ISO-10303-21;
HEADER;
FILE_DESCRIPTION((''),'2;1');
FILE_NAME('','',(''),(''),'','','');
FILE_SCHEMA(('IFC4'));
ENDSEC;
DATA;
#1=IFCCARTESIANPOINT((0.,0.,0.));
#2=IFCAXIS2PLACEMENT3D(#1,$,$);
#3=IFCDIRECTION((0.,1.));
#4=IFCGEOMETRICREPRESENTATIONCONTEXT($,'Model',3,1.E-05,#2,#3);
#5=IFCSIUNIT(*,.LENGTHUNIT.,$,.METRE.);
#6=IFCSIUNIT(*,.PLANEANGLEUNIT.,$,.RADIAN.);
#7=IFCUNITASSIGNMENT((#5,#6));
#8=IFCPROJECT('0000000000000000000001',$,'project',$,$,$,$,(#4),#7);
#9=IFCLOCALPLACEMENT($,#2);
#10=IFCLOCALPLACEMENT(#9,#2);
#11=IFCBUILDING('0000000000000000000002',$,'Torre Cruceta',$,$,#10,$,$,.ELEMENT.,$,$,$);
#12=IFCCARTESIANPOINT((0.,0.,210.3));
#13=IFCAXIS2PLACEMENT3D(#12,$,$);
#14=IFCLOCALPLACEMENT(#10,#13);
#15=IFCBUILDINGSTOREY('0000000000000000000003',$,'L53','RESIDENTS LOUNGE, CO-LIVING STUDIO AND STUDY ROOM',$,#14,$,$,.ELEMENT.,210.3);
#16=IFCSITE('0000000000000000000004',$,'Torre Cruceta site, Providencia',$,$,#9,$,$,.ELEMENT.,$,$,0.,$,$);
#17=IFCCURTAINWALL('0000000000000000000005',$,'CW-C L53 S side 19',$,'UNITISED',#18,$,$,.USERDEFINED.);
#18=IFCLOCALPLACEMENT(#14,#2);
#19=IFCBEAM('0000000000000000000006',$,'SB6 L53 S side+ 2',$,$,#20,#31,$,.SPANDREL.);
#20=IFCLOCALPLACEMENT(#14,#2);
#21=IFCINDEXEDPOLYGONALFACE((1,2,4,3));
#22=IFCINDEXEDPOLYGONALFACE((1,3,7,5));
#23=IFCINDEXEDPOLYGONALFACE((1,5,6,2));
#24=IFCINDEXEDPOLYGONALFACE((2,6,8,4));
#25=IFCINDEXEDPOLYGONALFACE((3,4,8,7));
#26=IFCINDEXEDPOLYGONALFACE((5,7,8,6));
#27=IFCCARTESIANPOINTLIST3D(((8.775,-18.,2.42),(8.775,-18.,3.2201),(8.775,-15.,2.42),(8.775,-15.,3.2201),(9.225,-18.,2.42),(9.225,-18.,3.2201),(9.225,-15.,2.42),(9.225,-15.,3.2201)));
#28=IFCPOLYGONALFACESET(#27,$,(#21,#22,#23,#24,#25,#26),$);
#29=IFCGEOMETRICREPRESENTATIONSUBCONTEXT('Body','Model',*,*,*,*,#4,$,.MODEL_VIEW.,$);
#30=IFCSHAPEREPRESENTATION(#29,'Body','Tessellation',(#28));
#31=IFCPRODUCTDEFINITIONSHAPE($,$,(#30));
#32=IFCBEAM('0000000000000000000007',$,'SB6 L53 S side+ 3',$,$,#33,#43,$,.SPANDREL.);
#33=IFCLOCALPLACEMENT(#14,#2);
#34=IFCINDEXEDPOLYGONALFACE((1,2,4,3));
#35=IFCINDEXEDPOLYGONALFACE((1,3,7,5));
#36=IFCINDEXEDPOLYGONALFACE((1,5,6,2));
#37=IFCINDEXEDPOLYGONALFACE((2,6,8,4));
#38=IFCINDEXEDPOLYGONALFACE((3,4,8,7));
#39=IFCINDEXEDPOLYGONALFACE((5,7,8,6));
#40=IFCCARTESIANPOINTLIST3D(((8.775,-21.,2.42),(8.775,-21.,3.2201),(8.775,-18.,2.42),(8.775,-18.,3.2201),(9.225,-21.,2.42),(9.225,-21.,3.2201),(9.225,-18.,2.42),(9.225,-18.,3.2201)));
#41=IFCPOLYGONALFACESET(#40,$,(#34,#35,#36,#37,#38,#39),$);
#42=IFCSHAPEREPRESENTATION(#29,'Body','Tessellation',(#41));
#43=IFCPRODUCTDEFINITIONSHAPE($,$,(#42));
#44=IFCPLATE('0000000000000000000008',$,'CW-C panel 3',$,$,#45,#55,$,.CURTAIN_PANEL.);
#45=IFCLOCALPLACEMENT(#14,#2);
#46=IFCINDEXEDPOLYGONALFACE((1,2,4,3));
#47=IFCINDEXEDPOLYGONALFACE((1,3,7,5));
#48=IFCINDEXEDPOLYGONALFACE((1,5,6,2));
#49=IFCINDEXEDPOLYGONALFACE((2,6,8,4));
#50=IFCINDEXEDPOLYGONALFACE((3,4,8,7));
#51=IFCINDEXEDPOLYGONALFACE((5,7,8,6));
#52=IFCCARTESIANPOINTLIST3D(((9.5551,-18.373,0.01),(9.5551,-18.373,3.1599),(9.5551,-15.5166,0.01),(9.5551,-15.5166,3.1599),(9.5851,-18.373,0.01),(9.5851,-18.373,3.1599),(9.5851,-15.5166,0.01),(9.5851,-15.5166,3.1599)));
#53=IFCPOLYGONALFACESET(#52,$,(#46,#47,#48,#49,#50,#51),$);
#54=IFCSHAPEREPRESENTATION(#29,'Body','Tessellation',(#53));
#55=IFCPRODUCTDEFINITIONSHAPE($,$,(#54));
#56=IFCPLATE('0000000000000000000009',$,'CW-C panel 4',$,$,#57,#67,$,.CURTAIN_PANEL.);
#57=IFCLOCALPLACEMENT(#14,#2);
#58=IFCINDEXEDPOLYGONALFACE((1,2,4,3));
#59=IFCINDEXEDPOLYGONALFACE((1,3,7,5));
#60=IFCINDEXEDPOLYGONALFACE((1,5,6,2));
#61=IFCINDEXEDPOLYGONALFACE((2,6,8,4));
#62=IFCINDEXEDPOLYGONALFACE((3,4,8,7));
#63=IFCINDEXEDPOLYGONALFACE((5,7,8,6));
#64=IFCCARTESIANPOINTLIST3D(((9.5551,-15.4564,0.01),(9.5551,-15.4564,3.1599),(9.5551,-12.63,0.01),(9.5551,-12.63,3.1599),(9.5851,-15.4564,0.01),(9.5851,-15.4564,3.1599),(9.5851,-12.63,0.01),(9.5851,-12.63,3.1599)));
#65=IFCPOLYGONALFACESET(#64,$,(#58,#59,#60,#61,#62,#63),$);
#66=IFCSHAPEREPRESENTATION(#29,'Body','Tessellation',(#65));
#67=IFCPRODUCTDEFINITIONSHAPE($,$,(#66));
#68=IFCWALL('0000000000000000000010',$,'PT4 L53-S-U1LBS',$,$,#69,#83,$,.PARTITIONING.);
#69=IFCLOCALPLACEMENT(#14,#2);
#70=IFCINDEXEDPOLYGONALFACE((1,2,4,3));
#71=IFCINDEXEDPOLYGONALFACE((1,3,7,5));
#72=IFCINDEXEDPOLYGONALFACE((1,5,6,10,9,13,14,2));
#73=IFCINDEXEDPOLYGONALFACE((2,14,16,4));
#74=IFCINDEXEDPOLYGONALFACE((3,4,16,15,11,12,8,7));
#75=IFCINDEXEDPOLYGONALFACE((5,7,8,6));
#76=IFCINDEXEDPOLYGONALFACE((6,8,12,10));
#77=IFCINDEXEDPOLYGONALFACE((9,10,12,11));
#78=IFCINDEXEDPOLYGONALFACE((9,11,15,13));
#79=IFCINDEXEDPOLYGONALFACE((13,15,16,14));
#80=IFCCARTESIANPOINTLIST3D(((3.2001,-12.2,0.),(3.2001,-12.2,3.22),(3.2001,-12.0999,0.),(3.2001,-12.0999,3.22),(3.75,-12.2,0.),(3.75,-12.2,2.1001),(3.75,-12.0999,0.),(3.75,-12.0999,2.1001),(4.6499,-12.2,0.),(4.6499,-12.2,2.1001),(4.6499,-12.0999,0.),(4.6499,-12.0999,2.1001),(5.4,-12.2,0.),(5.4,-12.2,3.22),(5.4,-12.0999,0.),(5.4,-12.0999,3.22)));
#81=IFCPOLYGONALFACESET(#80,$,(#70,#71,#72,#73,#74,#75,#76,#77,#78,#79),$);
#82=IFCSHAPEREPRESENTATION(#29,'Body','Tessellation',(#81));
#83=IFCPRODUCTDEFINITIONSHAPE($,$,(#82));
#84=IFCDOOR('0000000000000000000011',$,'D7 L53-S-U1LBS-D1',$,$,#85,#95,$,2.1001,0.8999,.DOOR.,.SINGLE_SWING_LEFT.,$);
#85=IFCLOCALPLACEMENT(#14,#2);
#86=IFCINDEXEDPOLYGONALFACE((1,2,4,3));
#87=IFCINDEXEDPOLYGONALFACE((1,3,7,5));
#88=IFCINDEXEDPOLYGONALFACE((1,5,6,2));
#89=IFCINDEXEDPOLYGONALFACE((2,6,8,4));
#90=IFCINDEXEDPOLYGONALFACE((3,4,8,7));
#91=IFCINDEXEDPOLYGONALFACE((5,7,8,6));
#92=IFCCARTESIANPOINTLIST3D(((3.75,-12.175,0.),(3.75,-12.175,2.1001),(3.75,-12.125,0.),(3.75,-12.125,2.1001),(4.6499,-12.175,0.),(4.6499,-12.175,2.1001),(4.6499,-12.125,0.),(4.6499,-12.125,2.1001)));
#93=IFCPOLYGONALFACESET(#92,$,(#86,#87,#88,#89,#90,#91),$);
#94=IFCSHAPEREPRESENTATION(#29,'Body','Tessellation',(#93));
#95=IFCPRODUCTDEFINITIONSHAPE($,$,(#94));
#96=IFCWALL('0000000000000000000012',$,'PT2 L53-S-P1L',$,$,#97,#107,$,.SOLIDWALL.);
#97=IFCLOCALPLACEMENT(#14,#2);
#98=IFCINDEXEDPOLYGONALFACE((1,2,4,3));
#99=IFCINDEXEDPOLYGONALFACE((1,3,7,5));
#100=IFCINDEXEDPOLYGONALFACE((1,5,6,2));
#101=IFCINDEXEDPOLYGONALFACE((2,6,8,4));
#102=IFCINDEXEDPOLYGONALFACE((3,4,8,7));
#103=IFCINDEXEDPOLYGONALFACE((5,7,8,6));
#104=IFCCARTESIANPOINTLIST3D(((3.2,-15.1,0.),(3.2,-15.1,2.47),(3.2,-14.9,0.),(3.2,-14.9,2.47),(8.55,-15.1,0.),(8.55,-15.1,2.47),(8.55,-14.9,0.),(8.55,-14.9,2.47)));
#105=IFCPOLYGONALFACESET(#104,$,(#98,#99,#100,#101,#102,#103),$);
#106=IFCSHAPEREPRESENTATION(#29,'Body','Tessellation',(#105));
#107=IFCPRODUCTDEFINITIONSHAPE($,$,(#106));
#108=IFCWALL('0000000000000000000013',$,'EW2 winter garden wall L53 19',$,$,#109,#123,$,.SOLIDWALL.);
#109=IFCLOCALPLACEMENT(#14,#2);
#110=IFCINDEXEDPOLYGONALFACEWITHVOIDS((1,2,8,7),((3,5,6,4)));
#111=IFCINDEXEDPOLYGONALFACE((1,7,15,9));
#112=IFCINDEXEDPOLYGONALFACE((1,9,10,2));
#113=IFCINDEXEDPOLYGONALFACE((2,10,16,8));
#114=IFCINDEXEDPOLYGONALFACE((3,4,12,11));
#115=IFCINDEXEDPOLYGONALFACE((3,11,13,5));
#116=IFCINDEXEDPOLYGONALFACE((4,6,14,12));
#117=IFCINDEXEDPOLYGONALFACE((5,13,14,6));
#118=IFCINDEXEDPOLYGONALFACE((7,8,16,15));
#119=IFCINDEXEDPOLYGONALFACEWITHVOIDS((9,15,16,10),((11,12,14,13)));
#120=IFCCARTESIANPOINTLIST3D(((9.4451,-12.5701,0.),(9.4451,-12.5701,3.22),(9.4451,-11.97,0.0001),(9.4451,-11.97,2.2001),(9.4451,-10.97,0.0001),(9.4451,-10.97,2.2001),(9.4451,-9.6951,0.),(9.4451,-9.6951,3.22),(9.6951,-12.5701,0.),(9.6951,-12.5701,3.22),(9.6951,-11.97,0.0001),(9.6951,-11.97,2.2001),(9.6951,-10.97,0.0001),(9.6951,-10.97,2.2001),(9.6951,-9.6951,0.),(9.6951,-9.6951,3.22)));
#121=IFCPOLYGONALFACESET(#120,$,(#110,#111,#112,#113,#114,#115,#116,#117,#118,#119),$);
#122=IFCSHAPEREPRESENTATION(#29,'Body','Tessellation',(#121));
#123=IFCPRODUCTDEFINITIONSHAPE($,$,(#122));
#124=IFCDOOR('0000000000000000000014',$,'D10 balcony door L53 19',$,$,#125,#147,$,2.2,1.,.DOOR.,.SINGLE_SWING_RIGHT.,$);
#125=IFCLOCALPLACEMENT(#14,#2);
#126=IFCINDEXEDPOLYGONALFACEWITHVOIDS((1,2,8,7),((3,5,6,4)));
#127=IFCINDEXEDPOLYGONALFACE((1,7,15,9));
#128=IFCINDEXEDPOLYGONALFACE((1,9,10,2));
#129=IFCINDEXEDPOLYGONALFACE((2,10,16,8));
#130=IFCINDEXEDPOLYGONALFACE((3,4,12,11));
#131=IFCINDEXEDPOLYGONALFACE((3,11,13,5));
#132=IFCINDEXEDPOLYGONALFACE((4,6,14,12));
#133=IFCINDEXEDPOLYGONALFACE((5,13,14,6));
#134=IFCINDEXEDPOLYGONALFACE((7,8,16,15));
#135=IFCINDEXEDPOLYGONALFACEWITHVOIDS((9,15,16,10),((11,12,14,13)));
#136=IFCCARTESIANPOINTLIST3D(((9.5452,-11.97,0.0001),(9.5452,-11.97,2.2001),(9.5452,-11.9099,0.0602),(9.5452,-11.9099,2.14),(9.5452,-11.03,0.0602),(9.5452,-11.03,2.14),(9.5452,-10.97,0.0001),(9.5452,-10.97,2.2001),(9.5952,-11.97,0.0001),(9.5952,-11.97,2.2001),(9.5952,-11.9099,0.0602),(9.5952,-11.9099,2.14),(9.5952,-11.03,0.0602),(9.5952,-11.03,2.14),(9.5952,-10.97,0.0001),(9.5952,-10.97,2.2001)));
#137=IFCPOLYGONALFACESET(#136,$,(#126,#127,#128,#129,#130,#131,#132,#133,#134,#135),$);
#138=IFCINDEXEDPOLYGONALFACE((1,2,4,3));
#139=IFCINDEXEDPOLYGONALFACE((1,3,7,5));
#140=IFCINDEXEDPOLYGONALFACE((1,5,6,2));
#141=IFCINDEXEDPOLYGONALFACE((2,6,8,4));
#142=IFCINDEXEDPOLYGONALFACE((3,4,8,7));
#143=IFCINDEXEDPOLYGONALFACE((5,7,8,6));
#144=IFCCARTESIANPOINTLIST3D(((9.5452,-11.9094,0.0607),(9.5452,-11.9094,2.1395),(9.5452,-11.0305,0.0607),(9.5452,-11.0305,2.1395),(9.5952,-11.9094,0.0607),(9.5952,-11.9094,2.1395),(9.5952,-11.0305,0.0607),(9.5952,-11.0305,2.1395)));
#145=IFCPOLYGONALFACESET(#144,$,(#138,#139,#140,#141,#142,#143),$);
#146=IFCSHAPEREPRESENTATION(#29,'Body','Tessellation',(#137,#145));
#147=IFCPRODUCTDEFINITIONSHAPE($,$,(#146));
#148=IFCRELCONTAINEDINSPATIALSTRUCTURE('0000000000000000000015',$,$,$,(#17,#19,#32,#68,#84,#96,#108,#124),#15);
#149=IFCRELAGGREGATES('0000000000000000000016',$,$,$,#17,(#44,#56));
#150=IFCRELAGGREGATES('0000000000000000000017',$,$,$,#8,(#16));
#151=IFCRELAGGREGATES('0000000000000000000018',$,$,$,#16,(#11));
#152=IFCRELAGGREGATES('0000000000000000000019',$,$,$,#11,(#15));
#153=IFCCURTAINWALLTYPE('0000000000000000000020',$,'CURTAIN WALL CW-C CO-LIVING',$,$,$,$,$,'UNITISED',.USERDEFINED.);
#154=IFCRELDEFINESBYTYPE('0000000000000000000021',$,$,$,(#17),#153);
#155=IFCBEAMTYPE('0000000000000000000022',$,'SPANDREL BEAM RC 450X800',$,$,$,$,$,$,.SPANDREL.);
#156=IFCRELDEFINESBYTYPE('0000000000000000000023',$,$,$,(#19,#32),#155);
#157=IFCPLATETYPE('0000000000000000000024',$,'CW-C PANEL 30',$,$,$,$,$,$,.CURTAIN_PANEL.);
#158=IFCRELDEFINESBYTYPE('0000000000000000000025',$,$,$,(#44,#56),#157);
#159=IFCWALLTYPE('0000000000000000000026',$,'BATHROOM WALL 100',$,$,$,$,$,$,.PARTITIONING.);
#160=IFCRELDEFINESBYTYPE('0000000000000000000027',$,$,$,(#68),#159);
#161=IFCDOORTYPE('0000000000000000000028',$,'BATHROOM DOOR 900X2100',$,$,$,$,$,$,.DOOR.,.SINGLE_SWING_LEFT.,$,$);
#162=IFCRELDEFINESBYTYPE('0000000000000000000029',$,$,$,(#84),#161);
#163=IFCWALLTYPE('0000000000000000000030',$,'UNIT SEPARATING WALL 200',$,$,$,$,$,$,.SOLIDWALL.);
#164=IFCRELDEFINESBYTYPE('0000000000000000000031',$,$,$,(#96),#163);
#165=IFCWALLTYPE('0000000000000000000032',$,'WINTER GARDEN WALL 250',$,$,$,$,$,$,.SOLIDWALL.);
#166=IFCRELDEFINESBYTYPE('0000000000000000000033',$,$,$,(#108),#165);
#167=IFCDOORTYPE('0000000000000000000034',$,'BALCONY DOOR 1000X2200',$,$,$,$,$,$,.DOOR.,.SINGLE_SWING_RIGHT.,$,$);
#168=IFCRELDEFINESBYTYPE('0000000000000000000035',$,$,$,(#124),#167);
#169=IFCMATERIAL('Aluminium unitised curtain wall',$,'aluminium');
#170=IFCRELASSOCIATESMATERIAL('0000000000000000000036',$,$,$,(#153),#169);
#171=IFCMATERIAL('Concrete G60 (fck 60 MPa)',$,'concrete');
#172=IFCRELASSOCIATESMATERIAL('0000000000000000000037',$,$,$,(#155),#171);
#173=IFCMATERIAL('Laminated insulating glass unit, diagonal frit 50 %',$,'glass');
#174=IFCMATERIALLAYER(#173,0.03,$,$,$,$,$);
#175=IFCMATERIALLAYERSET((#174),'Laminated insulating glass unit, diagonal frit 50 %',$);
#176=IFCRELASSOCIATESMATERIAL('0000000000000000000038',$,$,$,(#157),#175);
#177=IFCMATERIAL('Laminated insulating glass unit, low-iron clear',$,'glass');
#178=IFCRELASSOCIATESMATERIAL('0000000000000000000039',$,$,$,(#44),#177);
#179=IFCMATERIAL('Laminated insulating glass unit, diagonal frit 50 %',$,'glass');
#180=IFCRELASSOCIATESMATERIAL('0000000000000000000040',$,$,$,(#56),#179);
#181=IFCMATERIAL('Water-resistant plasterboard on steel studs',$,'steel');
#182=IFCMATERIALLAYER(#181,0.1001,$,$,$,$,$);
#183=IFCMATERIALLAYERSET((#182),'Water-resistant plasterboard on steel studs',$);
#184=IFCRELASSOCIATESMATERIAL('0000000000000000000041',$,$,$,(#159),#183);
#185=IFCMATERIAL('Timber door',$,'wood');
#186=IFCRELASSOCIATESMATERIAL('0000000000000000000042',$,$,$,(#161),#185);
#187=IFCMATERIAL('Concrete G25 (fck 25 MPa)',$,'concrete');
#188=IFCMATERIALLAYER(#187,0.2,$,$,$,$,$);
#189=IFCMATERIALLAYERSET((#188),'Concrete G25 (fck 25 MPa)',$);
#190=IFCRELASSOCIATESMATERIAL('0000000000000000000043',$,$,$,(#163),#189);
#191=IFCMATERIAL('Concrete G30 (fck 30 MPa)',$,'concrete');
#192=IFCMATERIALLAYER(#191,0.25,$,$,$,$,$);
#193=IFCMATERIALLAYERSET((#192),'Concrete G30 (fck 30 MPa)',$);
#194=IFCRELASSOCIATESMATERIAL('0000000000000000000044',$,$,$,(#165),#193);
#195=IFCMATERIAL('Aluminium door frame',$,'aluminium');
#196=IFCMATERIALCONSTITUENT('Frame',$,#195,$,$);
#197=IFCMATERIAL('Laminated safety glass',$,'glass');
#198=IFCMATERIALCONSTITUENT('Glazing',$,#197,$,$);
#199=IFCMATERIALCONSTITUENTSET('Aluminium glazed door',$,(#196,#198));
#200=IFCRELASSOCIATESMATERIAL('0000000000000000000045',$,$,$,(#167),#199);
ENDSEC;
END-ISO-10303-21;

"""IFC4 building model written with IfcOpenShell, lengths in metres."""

from ifc_helpers import new_model, si_unit, direction, frame, frame_2d, origin, origin_2d, place, context, subcontext, project, spatial, rectangle, hollow_rectangle, extrude, material, layer, layer_set, constituent, constituent_set, material_profile, profile_set, type_object, element, fill, aggregate, save


model = new_model("IFC4")

# Units and contexts
model_context = context("Model", 3, precision=1e-05, world=origin(), true_north=direction((0.0, 1.0)))
body_context = subcontext(model_context, "Body", "Model", "MODEL_VIEW")
ifc_project = project(units=[si_unit("LENGTHUNIT", "METRE"), si_unit("PLANEANGLEUNIT", "RADIAN")], contexts=[model_context])

# Site, building, storey
site_placement = place(None, origin())
site = spatial("IfcSite", under=ifc_project, at=site_placement, Name="Torre Cruceta site, Providencia", CompositionType="ELEMENT", RefElevation=0.0)
building_placement = place(site_placement, origin())
building = spatial("IfcBuilding", under=site, at=building_placement, Name="Torre Cruceta", CompositionType="ELEMENT")
storey_placement = place(building_placement, frame((0.0, 0.0, 210.3)))
storey = spatial("IfcBuildingStorey", under=building, at=storey_placement, Name="L53", Description="RESIDENTS LOUNGE, CO-LIVING STUDIO AND STUDY ROOM", CompositionType="ELEMENT", Elevation=210.3)

# Curtain wall
ifc_material_1 = material(Name="Aluminium unitised curtain wall", Category="aluminium")
curtain_wall_type = type_object("IfcCurtainWallType", Name="CURTAIN WALL CW-C CO-LIVING", ElementType="UNITISED", PredefinedType="USERDEFINED", material=ifc_material_1)
curtain_wall_placement = place(storey_placement, origin())
curtain_wall = element("IfcCurtainWall", 1, at=curtain_wall_placement, inside=storey, type_object=curtain_wall_type, Name="CW-C L53 S side 19", ObjectType="UNITISED", PredefinedType="USERDEFINED")

# Beams
ifc_material_2 = material(Name="Concrete G60 (fck 60 MPa)", Category="concrete")
ifc_material_profile_1 = material_profile(ifc_material_2, rectangle(XDim=0.45, YDim=0.8, at=origin_2d()), Name="RC 450X800")
ifc_profile_set_1 = profile_set([ifc_material_profile_1], Name="Concrete G60 (fck 60 MPa)")
beam_type_1 = type_object("IfcBeamType", Name="SPANDREL BEAM RC 450X800", PredefinedType="SPANDREL", material=ifc_profile_set_1)
for number, where, z_axis, x_axis, name in (
    (2, (9.0, -15.0, 2.8201), (0.0, -1.0, 0.0), (1.0, 0.0, 0.0), "SB6 L53 S side+ 2"),
    (3, (9.0, -18.0, 2.8201), (0.0, -1.0, 0.0), (1.0, 0.0, 0.0), "SB6 L53 S side+ 3"),
):
    element("IfcBeam", number, at=place(storey_placement, frame(where, z_axis=z_axis, x_axis=x_axis)), inside=storey, type_object=beam_type_1, Name=name, PredefinedType="SPANDREL", context=body_context, shape_type="SweptSolid", body=[
        extrude(rectangle(XDim=0.45, YDim=0.8, at=origin_2d()), origin(), (0.0, 0.0, 1.0), 3.0),
    ])

# Plates
ifc_material_3 = material(Name="Laminated insulating glass unit, low-iron clear", Category="glass")
ifc_material_4 = material(Name="Laminated insulating glass unit, diagonal frit 50 %", Category="glass")
ifc_layer_1 = layer(ifc_material_4, 0.03)
ifc_layer_set_1 = layer_set([ifc_layer_1], Name="Laminated insulating glass unit, diagonal frit 50 %")
plate_type = type_object("IfcPlateType", Name="CW-C PANEL 30", PredefinedType="CURTAIN_PANEL", material=ifc_layer_set_1)
plate_1_placement = place(storey_placement, frame((9.5701, -16.9448, 0.01), z_axis=(0.0, 0.0, 1.0), x_axis=(0.0, 1.0, 0.0)))
plate_1 = element("IfcPlate", 4, at=plate_1_placement, type_object=plate_type, material=ifc_material_3, Name="CW-C panel 3", PredefinedType="CURTAIN_PANEL", context=body_context, shape_type="SweptSolid", body=[
    extrude(rectangle(XDim=2.8564, YDim=0.03, at=origin_2d()), origin(), (0.0, 0.0, 1.0), 3.1499),
])
ifc_material_5 = material(Name="Laminated insulating glass unit, diagonal frit 50 %", Category="glass")
plate_2_placement = place(storey_placement, frame((9.5701, -14.0432, 0.01), z_axis=(0.0, 0.0, 1.0), x_axis=(0.0, 1.0, 0.0)))
plate_2 = element("IfcPlate", 5, at=plate_2_placement, type_object=plate_type, material=ifc_material_5, Name="CW-C panel 4", PredefinedType="CURTAIN_PANEL", context=body_context, shape_type="SweptSolid", body=[
    extrude(rectangle(XDim=2.8264, YDim=0.03, at=origin_2d()), origin(), (0.0, 0.0, 1.0), 3.1499),
])
aggregate(curtain_wall, [plate_1, plate_2])

# Wall, opening, door
ifc_material_6 = material(Name="Water-resistant plasterboard on steel studs", Category="steel")
ifc_layer_2 = layer(ifc_material_6, 0.1001)
ifc_layer_set_2 = layer_set([ifc_layer_2], Name="Water-resistant plasterboard on steel studs")
wall_type_1 = type_object("IfcWallType", Name="BATHROOM WALL 100", PredefinedType="PARTITIONING", material=ifc_layer_set_2)
wall_1_placement = place(storey_placement, frame((3.2, -12.1499, 0.0), z_axis=(0.0, 0.0, 1.0), x_axis=(1.0, 0.0, 0.0)))
wall_1 = element("IfcWall", 6, at=wall_1_placement, inside=storey, type_object=wall_type_1, Name="PT4 L53-S-U1LBS", PredefinedType="PARTITIONING", context=body_context, shape_type="SweptSolid", body=[
    extrude(rectangle(XDim=2.2, YDim=0.1001, at=frame_2d((1.1001, 0.0))), origin(), (0.0, 0.0, 1.0), 3.22),
])
opening_1_placement = place(wall_1_placement, frame((0.55, 0.0, 0.0)))
opening_1 = element("IfcOpeningElement", 7, at=opening_1_placement, cuts=wall_1, PredefinedType="OPENING", context=body_context, shape_type="SweptSolid", body=[
    extrude(rectangle(XDim=0.8999, YDim=2.1001, at=frame_2d((0.45, 1.05))), frame((0.0, 0.0601, 0.0), z_axis=(0.0, -1.0, 0.0), x_axis=(1.0, 0.0, 0.0)), (0.0, 0.0, 1.0), 0.1201),
])
ifc_material_7 = material(Name="Timber door", Category="wood")
door_type_1 = type_object("IfcDoorType", Name="BATHROOM DOOR 900X2100", OperationType="SINGLE_SWING_LEFT", PredefinedType="DOOR", material=ifc_material_7)
door_1_placement = place(opening_1_placement, origin())
door_1 = element("IfcDoor", 8, at=door_1_placement, inside=storey, type_object=door_type_1, Name="D7 L53-S-U1LBS-D1", OperationType="SINGLE_SWING_LEFT", OverallHeight=2.1001, OverallWidth=0.8999, PredefinedType="DOOR", context=body_context, shape_type="SweptSolid", body=[
    extrude(rectangle(XDim=0.8999, YDim=2.1001, at=frame_2d((0.45, 1.05))), frame((0.0, 0.0249, 0.0), z_axis=(0.0, -1.0, 0.0), x_axis=(1.0, 0.0, 0.0)), (0.0, 0.0, 1.0), 0.05),
])
fill(opening_1, door_1)

# Wall
ifc_material_8 = material(Name="Concrete G25 (fck 25 MPa)", Category="concrete")
ifc_layer_3 = layer(ifc_material_8, 0.2)
ifc_layer_set_3 = layer_set([ifc_layer_3], Name="Concrete G25 (fck 25 MPa)")
wall_type_2 = type_object("IfcWallType", Name="UNIT SEPARATING WALL 200", PredefinedType="SOLIDWALL", material=ifc_layer_set_3)
wall_2_placement = place(storey_placement, frame((3.2, -15.0, 0.0), z_axis=(0.0, 0.0, 1.0), x_axis=(1.0, 0.0, 0.0)))
element("IfcWall", 9, at=wall_2_placement, inside=storey, type_object=wall_type_2, Name="PT2 L53-S-P1L", PredefinedType="SOLIDWALL", context=body_context, shape_type="SweptSolid", body=[
    extrude(rectangle(XDim=5.3501, YDim=0.2, at=frame_2d((2.675, 0.0))), origin(), (0.0, 0.0, 1.0), 2.47),
])

# Wall, opening, door
ifc_material_9 = material(Name="Concrete G30 (fck 30 MPa)", Category="concrete")
ifc_layer_4 = layer(ifc_material_9, 0.25)
ifc_layer_set_4 = layer_set([ifc_layer_4], Name="Concrete G30 (fck 30 MPa)")
wall_type_3 = type_object("IfcWallType", Name="WINTER GARDEN WALL 250", PredefinedType="SOLIDWALL", material=ifc_layer_set_4)
wall_3_placement = place(storey_placement, frame((9.5701, -12.5701, 0.0), z_axis=(0.0, 0.0, 1.0), x_axis=(0.0, 1.0, 0.0)))
wall_3 = element("IfcWall", 10, at=wall_3_placement, inside=storey, type_object=wall_type_3, Name="EW2 winter garden wall L53 19", PredefinedType="SOLIDWALL", context=body_context, shape_type="SweptSolid", body=[
    extrude(rectangle(XDim=2.875, YDim=0.25, at=frame_2d((1.4375, 0.0))), origin(), (0.0, 0.0, 1.0), 3.22),
])
opening_2_placement = place(wall_3_placement, frame((0.6001, 0.0, 0.0)))
opening_2 = element("IfcOpeningElement", 11, at=opening_2_placement, cuts=wall_3, PredefinedType="OPENING", context=body_context, shape_type="SweptSolid", body=[
    extrude(rectangle(XDim=1.0, YDim=2.2, at=frame_2d((0.5, 1.1001))), frame((0.0, 0.135, 0.0), z_axis=(0.0, -1.0, 0.0), x_axis=(1.0, 0.0, 0.0)), (0.0, 0.0, 1.0), 0.27),
])
ifc_material_10 = material(Name="Aluminium door frame", Category="aluminium")
ifc_constituent_1 = constituent(ifc_material_10, Name="Frame")
ifc_material_11 = material(Name="Laminated safety glass", Category="glass")
ifc_constituent_2 = constituent(ifc_material_11, Name="Glazing")
ifc_constituent_set_1 = constituent_set(constituents=[ifc_constituent_1, ifc_constituent_2], Name="Aluminium glazed door")
door_type_2 = type_object("IfcDoorType", Name="BALCONY DOOR 1000X2200", OperationType="SINGLE_SWING_RIGHT", PredefinedType="DOOR", material=ifc_constituent_set_1)
door_2_placement = place(opening_2_placement, origin())
door_2 = element("IfcDoor", 12, at=door_2_placement, inside=storey, type_object=door_type_2, Name="D10 balcony door L53 19", OperationType="SINGLE_SWING_RIGHT", OverallHeight=2.2, OverallWidth=1.0, PredefinedType="DOOR", context=body_context, shape_type="SweptSolid", body=[
    extrude(hollow_rectangle(XDim=1.0, YDim=2.2, WallThickness=0.0601, at=frame_2d((0.5, 1.1001))), frame((0.0, 0.0249, 0.0), z_axis=(0.0, -1.0, 0.0), x_axis=(1.0, 0.0, 0.0)), (0.0, 0.0, 1.0), 0.05),
    extrude(rectangle(XDim=0.8789, YDim=2.0789, at=frame_2d((0.5, 1.1001))), frame((0.0, 0.0249, 0.0), z_axis=(0.0, -1.0, 0.0), x_axis=(1.0, 0.0, 0.0)), (0.0, 0.0, 1.0), 0.05),
])
fill(opening_2, door_2)

save(model, "model.ifc")
